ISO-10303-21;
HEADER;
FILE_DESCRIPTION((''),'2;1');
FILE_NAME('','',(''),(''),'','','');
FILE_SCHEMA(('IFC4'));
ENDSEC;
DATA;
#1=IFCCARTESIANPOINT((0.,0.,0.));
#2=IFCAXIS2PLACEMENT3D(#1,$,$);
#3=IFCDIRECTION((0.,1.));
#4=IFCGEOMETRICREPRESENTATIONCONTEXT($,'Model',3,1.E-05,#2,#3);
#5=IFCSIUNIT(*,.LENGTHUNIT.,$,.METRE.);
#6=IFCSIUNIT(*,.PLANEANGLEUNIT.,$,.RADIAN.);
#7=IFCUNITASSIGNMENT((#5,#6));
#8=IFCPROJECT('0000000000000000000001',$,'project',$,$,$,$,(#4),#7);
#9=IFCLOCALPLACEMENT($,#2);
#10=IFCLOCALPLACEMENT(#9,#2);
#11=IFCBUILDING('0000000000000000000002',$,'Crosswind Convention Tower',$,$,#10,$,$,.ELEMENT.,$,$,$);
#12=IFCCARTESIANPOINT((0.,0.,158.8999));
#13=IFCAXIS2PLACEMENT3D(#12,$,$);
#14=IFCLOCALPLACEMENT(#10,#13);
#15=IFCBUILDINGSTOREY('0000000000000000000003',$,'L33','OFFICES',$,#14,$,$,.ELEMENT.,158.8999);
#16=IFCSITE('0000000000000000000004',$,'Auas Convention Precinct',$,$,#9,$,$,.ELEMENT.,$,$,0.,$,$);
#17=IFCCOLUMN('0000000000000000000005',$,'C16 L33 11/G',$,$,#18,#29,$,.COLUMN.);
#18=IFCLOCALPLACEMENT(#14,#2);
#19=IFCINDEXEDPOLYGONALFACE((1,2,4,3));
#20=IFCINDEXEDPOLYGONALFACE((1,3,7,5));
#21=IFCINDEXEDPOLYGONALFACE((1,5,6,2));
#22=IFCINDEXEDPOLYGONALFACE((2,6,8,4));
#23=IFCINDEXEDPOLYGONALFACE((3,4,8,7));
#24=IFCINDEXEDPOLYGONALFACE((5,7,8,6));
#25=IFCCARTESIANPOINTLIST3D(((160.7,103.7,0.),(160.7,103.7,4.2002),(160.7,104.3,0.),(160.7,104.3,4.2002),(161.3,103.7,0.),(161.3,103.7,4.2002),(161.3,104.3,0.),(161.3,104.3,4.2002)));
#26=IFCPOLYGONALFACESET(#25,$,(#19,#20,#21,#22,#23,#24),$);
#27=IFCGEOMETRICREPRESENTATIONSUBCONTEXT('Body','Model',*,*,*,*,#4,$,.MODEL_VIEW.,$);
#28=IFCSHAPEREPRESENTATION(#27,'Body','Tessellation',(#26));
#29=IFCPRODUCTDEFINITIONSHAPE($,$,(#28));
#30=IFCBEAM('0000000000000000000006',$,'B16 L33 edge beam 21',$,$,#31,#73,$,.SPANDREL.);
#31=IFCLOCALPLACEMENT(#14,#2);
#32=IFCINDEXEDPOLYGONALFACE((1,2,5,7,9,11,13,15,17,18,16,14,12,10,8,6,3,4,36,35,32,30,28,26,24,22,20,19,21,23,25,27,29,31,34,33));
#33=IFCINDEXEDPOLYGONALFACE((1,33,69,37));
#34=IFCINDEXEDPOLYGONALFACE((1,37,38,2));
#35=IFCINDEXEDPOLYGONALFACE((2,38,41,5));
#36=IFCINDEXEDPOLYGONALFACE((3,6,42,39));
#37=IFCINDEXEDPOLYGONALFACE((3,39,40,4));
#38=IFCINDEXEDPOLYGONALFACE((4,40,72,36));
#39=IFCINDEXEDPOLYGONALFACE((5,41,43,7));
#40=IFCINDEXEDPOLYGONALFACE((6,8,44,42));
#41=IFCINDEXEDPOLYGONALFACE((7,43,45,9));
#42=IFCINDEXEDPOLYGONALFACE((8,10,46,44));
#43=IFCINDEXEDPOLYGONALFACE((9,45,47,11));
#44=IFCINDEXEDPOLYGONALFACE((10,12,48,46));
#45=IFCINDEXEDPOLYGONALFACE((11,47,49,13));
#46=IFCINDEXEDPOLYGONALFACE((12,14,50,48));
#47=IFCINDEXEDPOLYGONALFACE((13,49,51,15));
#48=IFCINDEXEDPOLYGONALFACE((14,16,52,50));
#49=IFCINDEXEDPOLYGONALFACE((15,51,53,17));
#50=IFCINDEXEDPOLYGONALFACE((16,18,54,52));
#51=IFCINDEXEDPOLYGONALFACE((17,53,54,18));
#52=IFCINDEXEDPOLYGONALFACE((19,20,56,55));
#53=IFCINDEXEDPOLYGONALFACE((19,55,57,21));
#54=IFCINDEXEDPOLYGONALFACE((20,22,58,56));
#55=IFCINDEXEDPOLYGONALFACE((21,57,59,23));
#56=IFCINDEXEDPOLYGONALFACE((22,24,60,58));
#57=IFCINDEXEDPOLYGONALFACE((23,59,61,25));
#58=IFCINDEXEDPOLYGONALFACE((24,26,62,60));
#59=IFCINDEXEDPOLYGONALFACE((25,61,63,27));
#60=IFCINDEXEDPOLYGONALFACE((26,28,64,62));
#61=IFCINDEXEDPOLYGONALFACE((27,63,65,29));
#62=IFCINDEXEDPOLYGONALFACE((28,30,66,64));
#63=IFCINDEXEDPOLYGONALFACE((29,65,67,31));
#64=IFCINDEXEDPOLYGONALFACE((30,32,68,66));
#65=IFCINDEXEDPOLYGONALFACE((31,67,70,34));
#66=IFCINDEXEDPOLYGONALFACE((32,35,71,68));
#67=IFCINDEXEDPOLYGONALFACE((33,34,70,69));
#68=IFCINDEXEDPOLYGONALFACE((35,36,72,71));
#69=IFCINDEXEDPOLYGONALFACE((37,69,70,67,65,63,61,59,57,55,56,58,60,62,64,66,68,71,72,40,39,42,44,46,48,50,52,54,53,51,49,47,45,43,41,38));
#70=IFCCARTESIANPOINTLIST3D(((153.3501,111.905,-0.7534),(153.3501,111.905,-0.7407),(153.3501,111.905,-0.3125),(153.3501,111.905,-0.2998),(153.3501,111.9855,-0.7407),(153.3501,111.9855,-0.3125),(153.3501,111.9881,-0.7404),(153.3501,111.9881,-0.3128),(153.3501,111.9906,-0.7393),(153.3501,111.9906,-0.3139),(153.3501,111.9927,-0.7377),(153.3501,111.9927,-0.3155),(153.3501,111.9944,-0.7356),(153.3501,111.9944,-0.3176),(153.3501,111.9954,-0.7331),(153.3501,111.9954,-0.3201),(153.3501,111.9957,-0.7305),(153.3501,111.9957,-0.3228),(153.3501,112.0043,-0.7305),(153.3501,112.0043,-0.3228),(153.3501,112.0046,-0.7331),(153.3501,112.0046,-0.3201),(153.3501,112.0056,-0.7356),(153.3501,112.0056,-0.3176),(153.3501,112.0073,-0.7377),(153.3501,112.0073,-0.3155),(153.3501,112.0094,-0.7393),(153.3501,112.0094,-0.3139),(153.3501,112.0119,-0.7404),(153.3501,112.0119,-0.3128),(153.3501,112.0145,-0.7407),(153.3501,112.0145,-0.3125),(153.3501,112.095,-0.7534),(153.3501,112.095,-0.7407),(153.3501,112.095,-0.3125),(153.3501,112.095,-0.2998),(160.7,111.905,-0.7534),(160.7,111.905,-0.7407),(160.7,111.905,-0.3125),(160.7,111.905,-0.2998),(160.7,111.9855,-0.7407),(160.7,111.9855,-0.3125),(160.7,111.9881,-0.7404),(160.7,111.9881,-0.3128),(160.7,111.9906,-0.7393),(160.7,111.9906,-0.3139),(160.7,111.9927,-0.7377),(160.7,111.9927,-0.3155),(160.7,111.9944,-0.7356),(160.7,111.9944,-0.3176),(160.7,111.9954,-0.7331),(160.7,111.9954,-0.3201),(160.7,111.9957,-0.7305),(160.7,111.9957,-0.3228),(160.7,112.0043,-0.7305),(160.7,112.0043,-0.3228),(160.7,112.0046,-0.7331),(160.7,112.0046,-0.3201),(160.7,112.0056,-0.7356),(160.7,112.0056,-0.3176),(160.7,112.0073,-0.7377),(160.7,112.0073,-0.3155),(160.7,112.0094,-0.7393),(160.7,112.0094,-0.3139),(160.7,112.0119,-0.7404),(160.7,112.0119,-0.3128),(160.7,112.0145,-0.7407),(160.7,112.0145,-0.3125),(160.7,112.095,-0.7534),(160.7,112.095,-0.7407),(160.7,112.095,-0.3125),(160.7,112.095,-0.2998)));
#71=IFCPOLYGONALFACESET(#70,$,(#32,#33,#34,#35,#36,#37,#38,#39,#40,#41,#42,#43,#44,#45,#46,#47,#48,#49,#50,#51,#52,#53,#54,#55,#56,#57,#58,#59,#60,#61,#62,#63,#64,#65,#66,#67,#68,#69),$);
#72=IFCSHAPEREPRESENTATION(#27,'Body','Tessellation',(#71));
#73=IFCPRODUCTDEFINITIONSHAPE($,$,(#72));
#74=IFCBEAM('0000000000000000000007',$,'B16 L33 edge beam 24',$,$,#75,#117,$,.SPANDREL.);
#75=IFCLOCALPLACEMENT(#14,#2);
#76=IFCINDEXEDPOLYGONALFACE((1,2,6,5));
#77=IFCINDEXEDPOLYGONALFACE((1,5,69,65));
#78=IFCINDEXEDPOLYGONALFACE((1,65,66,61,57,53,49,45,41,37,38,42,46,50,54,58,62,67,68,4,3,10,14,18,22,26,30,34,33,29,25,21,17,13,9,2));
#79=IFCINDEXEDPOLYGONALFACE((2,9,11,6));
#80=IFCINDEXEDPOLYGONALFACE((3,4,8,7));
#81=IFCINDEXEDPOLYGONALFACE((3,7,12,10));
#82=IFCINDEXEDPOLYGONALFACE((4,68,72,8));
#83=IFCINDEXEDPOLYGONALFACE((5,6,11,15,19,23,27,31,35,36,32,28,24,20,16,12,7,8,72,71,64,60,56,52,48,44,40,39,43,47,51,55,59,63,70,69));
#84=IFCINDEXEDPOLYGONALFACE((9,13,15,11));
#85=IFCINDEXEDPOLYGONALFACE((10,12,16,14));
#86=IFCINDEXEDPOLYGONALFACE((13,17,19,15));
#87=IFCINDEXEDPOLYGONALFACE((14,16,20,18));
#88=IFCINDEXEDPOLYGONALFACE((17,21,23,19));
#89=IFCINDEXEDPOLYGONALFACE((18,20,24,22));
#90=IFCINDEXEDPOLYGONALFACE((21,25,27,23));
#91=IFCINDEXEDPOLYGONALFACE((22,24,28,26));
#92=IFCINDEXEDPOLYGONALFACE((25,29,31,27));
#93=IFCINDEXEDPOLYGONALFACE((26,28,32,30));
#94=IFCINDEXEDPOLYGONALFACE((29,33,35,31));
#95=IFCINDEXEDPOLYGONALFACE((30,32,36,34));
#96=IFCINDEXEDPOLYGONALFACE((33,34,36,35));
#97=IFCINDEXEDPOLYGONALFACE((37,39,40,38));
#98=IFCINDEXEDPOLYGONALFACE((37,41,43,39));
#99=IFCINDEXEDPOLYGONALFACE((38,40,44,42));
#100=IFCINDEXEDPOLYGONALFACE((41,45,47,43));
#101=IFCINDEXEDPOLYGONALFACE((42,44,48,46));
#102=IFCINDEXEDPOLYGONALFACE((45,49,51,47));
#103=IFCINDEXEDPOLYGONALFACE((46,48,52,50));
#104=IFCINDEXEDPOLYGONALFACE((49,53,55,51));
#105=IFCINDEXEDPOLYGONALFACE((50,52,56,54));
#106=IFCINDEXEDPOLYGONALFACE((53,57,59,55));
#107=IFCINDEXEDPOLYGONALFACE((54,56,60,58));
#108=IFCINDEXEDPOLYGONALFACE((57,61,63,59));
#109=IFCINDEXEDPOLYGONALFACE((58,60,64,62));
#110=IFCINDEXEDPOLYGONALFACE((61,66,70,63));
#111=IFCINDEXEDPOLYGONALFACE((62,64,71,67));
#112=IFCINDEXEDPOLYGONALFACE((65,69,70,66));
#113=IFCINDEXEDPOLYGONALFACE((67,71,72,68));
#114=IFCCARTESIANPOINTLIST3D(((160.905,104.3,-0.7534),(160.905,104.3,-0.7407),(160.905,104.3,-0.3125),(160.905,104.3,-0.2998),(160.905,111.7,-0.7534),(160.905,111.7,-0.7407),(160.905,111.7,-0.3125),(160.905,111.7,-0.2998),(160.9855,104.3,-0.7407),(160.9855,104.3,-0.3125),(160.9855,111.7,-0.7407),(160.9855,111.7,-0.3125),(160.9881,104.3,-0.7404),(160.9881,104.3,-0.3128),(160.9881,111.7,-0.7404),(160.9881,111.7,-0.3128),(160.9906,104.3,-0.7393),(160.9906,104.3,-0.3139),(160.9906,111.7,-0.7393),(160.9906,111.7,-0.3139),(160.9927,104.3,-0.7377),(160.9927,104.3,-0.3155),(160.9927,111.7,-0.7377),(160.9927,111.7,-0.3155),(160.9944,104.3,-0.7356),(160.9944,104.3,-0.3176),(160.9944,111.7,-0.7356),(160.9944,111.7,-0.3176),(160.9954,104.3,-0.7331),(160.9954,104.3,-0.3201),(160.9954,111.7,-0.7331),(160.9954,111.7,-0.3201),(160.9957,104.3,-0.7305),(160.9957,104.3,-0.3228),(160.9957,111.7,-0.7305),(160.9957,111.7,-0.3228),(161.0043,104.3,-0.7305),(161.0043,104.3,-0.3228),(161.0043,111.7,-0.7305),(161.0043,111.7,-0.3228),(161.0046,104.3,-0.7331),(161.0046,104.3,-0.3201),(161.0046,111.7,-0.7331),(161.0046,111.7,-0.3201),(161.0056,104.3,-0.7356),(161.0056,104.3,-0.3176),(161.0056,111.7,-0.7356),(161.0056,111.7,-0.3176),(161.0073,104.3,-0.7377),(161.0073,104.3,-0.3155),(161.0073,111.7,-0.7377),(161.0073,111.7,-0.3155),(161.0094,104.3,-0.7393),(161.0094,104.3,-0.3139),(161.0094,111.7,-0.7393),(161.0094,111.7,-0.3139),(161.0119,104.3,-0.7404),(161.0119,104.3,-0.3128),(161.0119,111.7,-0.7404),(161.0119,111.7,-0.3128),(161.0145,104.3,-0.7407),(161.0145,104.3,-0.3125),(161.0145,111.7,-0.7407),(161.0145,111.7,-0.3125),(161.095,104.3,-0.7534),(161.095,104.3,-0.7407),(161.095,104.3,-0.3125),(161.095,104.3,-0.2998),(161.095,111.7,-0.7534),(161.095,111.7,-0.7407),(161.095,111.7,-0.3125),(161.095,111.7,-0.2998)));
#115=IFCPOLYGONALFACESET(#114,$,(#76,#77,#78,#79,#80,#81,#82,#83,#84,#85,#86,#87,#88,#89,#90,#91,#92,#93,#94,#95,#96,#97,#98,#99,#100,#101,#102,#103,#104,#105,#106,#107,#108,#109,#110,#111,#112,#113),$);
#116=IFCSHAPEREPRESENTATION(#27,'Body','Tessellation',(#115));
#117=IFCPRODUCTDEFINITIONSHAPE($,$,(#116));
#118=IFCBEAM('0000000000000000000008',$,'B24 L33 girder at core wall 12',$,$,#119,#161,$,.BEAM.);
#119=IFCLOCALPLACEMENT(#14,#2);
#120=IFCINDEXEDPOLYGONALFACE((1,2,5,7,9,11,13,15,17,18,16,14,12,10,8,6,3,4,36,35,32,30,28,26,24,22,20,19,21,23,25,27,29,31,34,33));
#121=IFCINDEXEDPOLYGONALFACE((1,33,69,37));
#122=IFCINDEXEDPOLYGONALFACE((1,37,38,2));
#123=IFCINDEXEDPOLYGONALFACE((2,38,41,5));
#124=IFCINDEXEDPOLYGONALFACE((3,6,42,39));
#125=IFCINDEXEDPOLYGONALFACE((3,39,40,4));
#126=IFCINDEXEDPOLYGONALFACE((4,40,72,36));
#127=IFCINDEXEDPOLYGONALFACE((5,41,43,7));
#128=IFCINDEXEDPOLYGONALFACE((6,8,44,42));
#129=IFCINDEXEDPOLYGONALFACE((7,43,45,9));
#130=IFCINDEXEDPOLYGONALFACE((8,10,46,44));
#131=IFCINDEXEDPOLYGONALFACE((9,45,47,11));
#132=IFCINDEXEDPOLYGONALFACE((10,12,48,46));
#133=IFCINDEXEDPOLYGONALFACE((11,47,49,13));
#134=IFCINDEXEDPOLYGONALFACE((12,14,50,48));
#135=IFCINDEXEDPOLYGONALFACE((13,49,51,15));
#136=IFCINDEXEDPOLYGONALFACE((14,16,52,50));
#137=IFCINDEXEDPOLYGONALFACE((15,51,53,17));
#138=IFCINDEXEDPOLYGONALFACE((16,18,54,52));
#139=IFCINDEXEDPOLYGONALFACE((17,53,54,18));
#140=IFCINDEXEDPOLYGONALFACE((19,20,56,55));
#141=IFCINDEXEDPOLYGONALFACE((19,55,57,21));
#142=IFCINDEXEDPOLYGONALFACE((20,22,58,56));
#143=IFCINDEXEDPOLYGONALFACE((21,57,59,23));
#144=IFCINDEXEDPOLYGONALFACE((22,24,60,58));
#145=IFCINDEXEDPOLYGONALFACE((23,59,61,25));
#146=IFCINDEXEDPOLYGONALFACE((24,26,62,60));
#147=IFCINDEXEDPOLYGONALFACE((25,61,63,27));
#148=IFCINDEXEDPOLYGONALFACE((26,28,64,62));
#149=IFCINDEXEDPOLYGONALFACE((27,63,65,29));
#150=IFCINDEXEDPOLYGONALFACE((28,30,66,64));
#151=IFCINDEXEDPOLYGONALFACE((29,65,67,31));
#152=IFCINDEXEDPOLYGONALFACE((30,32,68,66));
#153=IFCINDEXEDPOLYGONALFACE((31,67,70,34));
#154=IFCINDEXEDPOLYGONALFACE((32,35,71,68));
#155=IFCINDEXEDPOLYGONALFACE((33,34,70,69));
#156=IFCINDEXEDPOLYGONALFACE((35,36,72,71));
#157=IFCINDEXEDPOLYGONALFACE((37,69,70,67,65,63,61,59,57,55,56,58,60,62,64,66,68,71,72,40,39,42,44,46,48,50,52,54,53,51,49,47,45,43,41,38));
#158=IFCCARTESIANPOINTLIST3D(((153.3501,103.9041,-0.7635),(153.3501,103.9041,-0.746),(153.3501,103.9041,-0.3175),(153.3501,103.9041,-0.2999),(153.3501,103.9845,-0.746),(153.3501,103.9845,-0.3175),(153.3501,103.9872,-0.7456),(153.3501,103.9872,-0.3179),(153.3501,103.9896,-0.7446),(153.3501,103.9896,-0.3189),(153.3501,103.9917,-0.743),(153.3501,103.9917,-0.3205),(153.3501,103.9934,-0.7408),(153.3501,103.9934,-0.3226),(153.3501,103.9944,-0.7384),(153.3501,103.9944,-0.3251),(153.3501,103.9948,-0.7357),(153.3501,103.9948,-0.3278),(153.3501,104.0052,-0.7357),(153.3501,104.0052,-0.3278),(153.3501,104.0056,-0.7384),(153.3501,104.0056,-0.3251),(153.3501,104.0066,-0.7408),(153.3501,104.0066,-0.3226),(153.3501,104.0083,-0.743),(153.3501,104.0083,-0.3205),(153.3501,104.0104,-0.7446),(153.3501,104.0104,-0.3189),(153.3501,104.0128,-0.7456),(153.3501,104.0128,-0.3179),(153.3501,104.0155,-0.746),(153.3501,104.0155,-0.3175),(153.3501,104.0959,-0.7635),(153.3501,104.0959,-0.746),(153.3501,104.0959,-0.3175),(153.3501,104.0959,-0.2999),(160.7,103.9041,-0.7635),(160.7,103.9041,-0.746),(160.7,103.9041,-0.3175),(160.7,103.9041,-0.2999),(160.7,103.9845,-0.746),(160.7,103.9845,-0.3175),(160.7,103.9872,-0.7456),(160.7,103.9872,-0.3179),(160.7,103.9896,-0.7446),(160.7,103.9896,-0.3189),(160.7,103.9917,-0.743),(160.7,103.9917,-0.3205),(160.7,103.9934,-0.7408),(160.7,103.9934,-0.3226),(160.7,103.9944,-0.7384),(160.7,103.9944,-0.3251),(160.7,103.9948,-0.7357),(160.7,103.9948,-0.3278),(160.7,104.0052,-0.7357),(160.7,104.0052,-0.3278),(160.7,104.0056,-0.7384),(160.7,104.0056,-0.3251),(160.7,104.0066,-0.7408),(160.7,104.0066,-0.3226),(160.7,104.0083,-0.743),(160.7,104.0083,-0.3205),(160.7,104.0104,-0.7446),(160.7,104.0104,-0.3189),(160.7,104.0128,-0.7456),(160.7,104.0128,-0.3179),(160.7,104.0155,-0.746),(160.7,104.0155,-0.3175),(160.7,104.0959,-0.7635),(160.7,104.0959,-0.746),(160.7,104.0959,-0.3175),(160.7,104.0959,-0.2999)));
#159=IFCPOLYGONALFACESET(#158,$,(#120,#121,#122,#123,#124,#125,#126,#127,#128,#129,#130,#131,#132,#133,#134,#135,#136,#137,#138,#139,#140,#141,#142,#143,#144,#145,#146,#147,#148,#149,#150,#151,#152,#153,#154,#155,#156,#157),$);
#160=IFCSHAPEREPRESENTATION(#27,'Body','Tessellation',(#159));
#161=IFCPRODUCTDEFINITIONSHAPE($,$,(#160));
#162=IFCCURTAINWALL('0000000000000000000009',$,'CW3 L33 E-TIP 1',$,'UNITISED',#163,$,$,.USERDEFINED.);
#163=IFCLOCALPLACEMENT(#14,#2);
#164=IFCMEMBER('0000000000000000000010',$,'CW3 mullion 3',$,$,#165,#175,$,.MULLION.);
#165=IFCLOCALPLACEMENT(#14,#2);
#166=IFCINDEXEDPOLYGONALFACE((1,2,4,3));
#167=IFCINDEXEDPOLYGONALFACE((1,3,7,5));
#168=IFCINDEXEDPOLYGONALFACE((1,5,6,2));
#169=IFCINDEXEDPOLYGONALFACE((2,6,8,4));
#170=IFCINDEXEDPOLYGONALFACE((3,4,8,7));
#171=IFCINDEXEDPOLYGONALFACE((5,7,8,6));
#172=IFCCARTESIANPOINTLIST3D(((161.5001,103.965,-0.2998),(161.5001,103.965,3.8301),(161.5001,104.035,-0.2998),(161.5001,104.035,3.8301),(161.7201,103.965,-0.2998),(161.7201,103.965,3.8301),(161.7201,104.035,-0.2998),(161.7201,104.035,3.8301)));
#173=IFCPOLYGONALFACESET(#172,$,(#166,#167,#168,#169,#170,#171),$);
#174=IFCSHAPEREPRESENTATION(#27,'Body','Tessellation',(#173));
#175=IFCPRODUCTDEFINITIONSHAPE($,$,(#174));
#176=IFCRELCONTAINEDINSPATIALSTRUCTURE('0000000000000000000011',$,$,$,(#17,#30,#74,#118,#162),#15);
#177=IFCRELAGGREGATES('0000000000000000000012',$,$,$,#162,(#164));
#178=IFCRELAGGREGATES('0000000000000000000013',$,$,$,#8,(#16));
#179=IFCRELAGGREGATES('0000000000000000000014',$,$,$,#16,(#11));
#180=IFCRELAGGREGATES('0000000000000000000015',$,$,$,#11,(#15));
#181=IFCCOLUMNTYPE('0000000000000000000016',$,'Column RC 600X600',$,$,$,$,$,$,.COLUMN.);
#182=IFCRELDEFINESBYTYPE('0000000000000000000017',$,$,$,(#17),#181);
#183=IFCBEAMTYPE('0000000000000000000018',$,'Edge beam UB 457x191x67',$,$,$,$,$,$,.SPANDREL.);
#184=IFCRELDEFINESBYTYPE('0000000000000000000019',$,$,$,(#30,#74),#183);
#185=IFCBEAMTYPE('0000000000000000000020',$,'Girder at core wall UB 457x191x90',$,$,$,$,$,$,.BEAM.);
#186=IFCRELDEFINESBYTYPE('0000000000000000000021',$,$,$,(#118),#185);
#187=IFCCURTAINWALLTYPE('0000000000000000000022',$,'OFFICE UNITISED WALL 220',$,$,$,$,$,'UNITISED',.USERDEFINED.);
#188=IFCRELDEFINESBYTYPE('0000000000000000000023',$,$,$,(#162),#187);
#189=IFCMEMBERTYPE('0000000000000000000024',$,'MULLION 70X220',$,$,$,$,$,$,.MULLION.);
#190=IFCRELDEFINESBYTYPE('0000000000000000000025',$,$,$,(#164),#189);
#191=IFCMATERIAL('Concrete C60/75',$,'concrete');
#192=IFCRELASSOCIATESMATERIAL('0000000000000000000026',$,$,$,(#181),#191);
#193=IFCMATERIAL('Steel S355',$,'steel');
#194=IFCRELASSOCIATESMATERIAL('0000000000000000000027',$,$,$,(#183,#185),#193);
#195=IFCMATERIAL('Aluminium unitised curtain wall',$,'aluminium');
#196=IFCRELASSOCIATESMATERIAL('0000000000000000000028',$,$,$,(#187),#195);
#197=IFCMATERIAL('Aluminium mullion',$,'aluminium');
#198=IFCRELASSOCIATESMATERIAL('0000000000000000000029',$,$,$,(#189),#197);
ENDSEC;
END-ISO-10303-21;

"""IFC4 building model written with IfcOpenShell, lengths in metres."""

from ifc_helpers import new_model, si_unit, direction, frame, origin, origin_2d, place, context, subcontext, project, spatial, rectangle, i_section, extrude, material, material_profile, profile_set, type_object, element, aggregate, save


model = new_model("IFC4")

# Units and contexts
model_context = context("Model", 3, precision=1e-05, world=origin(), true_north=direction((0.0, 1.0)))
body_context = subcontext(model_context, "Body", "Model", "MODEL_VIEW")
ifc_project = project(units=[si_unit("LENGTHUNIT", "METRE"), si_unit("PLANEANGLEUNIT", "RADIAN")], contexts=[model_context])

# Site, building, storey
site_placement = place(None, origin())
site = spatial("IfcSite", under=ifc_project, at=site_placement, Name="Auas Convention Precinct", CompositionType="ELEMENT", RefElevation=0.0)
building_placement = place(site_placement, origin())
building = spatial("IfcBuilding", under=site, at=building_placement, Name="Crosswind Convention Tower", CompositionType="ELEMENT")
storey_placement = place(building_placement, frame((0.0, 0.0, 158.8999)))
storey = spatial("IfcBuildingStorey", under=building, at=storey_placement, Name="L33", Description="OFFICES", CompositionType="ELEMENT", Elevation=158.8999)

# Column
ifc_material_1 = material(Name="Concrete C60/75", Category="concrete")
ifc_material_profile_1 = material_profile(ifc_material_1, rectangle(XDim=0.6001, YDim=0.6001, at=origin_2d()), Name="RC 600X600")
ifc_profile_set_1 = profile_set([ifc_material_profile_1], Name="Concrete C60/75")
column_type = type_object("IfcColumnType", Name="Column RC 600X600", PredefinedType="COLUMN", material=ifc_profile_set_1)
column_placement = place(storey_placement, frame((161.0, 104.0, 0.0), z_axis=(0.0, 0.0, 1.0), x_axis=(1.0, 0.0, 0.0)))
element("IfcColumn", 1, at=column_placement, inside=storey, type_object=column_type, Name="C16 L33 11/G", PredefinedType="COLUMN", context=body_context, shape_type="SweptSolid", body=[
    extrude(rectangle(XDim=0.6001, YDim=0.6001, at=origin_2d()), origin(), (0.0, 0.0, 1.0), 4.2002),
])

# Beams
ifc_material_2 = material(Name="Steel S355", Category="steel")
ifc_material_profile_2 = material_profile(ifc_material_2, i_section(OverallWidth=0.1899, OverallDepth=0.4536, WebThickness=0.0085, FlangeThickness=0.0127, FilletRadius=0.0103, at=origin_2d()), Name="UB 457x191x67")
ifc_profile_set_2 = profile_set([ifc_material_profile_2], Name="Steel S355")
beam_type_1 = type_object("IfcBeamType", Name="Edge beam UB 457x191x67", PredefinedType="SPANDREL", material=ifc_profile_set_2)
beam_1_placement = place(storey_placement, frame((153.3501, 112.0, -0.5266), z_axis=(1.0, 0.0, 0.0), x_axis=(0.0, 1.0, 0.0)))
element("IfcBeam", 2, at=beam_1_placement, inside=storey, type_object=beam_type_1, Name="B16 L33 edge beam 21", PredefinedType="SPANDREL", context=body_context, shape_type="SweptSolid", body=[
    extrude(i_section(OverallWidth=0.1899, OverallDepth=0.4536, WebThickness=0.0085, FlangeThickness=0.0127, FilletRadius=0.0103, at=origin_2d()), origin(), (0.0, 0.0, 1.0), 7.3499),
])
beam_2_placement = place(storey_placement, frame((161.0, 104.3, -0.5266), z_axis=(0.0, 1.0, 0.0), x_axis=(-1.0, 0.0, 0.0)))
element("IfcBeam", 3, at=beam_2_placement, inside=storey, type_object=beam_type_1, Name="B16 L33 edge beam 24", PredefinedType="SPANDREL", context=body_context, shape_type="SweptSolid", body=[
    extrude(i_section(OverallWidth=0.1899, OverallDepth=0.4536, WebThickness=0.0085, FlangeThickness=0.0127, FilletRadius=0.0103, at=origin_2d()), origin(), (0.0, 0.0, 1.0), 7.3999),
])
ifc_material_profile_3 = material_profile(ifc_material_2, i_section(OverallWidth=0.1919, OverallDepth=0.4636, WebThickness=0.0105, FlangeThickness=0.0176, FilletRadius=0.0103, at=origin_2d()), Name="UB 457x191x90")
ifc_profile_set_3 = profile_set([ifc_material_profile_3], Name="Steel S355")
beam_type_2 = type_object("IfcBeamType", Name="Girder at core wall UB 457x191x90", PredefinedType="BEAM", material=ifc_profile_set_3)
beam_3_placement = place(storey_placement, frame((153.3501, 104.0, -0.5317), z_axis=(1.0, 0.0, 0.0), x_axis=(0.0, 1.0, 0.0)))
element("IfcBeam", 4, at=beam_3_placement, inside=storey, type_object=beam_type_2, Name="B24 L33 girder at core wall 12", PredefinedType="BEAM", context=body_context, shape_type="SweptSolid", body=[
    extrude(i_section(OverallWidth=0.1919, OverallDepth=0.4636, WebThickness=0.0105, FlangeThickness=0.0176, FilletRadius=0.0103, at=origin_2d()), origin(), (0.0, 0.0, 1.0), 7.3499),
])

# Curtain wall, member
ifc_material_3 = material(Name="Aluminium unitised curtain wall", Category="aluminium")
curtain_wall_type = type_object("IfcCurtainWallType", Name="OFFICE UNITISED WALL 220", ElementType="UNITISED", PredefinedType="USERDEFINED", material=ifc_material_3)
curtain_wall_placement = place(storey_placement, origin())
curtain_wall = element("IfcCurtainWall", 5, at=curtain_wall_placement, inside=storey, type_object=curtain_wall_type, Name="CW3 L33 E-TIP 1", ObjectType="UNITISED", PredefinedType="USERDEFINED")
ifc_material_4 = material(Name="Aluminium mullion", Category="aluminium")
ifc_material_profile_4 = material_profile(ifc_material_4, rectangle(XDim=0.22, YDim=0.0701, at=origin_2d()), Name="AL 220X70")
ifc_profile_set_4 = profile_set([ifc_material_profile_4], Name="Aluminium mullion")
member_type = type_object("IfcMemberType", Name="MULLION 70X220", PredefinedType="MULLION", material=ifc_profile_set_4)
member_placement = place(storey_placement, frame((161.6101, 104.0, -0.2998), z_axis=(0.0, 0.0, 1.0), x_axis=(1.0, 0.0, 0.0)))
member = element("IfcMember", 6, at=member_placement, type_object=member_type, Name="CW3 mullion 3", PredefinedType="MULLION", context=body_context, shape_type="SweptSolid", body=[
    extrude(rectangle(XDim=0.22, YDim=0.0701, at=origin_2d()), origin(), (0.0, 0.0, 1.0), 4.1299),
])

aggregate(curtain_wall, [member])

save(model, "model.ifc")
